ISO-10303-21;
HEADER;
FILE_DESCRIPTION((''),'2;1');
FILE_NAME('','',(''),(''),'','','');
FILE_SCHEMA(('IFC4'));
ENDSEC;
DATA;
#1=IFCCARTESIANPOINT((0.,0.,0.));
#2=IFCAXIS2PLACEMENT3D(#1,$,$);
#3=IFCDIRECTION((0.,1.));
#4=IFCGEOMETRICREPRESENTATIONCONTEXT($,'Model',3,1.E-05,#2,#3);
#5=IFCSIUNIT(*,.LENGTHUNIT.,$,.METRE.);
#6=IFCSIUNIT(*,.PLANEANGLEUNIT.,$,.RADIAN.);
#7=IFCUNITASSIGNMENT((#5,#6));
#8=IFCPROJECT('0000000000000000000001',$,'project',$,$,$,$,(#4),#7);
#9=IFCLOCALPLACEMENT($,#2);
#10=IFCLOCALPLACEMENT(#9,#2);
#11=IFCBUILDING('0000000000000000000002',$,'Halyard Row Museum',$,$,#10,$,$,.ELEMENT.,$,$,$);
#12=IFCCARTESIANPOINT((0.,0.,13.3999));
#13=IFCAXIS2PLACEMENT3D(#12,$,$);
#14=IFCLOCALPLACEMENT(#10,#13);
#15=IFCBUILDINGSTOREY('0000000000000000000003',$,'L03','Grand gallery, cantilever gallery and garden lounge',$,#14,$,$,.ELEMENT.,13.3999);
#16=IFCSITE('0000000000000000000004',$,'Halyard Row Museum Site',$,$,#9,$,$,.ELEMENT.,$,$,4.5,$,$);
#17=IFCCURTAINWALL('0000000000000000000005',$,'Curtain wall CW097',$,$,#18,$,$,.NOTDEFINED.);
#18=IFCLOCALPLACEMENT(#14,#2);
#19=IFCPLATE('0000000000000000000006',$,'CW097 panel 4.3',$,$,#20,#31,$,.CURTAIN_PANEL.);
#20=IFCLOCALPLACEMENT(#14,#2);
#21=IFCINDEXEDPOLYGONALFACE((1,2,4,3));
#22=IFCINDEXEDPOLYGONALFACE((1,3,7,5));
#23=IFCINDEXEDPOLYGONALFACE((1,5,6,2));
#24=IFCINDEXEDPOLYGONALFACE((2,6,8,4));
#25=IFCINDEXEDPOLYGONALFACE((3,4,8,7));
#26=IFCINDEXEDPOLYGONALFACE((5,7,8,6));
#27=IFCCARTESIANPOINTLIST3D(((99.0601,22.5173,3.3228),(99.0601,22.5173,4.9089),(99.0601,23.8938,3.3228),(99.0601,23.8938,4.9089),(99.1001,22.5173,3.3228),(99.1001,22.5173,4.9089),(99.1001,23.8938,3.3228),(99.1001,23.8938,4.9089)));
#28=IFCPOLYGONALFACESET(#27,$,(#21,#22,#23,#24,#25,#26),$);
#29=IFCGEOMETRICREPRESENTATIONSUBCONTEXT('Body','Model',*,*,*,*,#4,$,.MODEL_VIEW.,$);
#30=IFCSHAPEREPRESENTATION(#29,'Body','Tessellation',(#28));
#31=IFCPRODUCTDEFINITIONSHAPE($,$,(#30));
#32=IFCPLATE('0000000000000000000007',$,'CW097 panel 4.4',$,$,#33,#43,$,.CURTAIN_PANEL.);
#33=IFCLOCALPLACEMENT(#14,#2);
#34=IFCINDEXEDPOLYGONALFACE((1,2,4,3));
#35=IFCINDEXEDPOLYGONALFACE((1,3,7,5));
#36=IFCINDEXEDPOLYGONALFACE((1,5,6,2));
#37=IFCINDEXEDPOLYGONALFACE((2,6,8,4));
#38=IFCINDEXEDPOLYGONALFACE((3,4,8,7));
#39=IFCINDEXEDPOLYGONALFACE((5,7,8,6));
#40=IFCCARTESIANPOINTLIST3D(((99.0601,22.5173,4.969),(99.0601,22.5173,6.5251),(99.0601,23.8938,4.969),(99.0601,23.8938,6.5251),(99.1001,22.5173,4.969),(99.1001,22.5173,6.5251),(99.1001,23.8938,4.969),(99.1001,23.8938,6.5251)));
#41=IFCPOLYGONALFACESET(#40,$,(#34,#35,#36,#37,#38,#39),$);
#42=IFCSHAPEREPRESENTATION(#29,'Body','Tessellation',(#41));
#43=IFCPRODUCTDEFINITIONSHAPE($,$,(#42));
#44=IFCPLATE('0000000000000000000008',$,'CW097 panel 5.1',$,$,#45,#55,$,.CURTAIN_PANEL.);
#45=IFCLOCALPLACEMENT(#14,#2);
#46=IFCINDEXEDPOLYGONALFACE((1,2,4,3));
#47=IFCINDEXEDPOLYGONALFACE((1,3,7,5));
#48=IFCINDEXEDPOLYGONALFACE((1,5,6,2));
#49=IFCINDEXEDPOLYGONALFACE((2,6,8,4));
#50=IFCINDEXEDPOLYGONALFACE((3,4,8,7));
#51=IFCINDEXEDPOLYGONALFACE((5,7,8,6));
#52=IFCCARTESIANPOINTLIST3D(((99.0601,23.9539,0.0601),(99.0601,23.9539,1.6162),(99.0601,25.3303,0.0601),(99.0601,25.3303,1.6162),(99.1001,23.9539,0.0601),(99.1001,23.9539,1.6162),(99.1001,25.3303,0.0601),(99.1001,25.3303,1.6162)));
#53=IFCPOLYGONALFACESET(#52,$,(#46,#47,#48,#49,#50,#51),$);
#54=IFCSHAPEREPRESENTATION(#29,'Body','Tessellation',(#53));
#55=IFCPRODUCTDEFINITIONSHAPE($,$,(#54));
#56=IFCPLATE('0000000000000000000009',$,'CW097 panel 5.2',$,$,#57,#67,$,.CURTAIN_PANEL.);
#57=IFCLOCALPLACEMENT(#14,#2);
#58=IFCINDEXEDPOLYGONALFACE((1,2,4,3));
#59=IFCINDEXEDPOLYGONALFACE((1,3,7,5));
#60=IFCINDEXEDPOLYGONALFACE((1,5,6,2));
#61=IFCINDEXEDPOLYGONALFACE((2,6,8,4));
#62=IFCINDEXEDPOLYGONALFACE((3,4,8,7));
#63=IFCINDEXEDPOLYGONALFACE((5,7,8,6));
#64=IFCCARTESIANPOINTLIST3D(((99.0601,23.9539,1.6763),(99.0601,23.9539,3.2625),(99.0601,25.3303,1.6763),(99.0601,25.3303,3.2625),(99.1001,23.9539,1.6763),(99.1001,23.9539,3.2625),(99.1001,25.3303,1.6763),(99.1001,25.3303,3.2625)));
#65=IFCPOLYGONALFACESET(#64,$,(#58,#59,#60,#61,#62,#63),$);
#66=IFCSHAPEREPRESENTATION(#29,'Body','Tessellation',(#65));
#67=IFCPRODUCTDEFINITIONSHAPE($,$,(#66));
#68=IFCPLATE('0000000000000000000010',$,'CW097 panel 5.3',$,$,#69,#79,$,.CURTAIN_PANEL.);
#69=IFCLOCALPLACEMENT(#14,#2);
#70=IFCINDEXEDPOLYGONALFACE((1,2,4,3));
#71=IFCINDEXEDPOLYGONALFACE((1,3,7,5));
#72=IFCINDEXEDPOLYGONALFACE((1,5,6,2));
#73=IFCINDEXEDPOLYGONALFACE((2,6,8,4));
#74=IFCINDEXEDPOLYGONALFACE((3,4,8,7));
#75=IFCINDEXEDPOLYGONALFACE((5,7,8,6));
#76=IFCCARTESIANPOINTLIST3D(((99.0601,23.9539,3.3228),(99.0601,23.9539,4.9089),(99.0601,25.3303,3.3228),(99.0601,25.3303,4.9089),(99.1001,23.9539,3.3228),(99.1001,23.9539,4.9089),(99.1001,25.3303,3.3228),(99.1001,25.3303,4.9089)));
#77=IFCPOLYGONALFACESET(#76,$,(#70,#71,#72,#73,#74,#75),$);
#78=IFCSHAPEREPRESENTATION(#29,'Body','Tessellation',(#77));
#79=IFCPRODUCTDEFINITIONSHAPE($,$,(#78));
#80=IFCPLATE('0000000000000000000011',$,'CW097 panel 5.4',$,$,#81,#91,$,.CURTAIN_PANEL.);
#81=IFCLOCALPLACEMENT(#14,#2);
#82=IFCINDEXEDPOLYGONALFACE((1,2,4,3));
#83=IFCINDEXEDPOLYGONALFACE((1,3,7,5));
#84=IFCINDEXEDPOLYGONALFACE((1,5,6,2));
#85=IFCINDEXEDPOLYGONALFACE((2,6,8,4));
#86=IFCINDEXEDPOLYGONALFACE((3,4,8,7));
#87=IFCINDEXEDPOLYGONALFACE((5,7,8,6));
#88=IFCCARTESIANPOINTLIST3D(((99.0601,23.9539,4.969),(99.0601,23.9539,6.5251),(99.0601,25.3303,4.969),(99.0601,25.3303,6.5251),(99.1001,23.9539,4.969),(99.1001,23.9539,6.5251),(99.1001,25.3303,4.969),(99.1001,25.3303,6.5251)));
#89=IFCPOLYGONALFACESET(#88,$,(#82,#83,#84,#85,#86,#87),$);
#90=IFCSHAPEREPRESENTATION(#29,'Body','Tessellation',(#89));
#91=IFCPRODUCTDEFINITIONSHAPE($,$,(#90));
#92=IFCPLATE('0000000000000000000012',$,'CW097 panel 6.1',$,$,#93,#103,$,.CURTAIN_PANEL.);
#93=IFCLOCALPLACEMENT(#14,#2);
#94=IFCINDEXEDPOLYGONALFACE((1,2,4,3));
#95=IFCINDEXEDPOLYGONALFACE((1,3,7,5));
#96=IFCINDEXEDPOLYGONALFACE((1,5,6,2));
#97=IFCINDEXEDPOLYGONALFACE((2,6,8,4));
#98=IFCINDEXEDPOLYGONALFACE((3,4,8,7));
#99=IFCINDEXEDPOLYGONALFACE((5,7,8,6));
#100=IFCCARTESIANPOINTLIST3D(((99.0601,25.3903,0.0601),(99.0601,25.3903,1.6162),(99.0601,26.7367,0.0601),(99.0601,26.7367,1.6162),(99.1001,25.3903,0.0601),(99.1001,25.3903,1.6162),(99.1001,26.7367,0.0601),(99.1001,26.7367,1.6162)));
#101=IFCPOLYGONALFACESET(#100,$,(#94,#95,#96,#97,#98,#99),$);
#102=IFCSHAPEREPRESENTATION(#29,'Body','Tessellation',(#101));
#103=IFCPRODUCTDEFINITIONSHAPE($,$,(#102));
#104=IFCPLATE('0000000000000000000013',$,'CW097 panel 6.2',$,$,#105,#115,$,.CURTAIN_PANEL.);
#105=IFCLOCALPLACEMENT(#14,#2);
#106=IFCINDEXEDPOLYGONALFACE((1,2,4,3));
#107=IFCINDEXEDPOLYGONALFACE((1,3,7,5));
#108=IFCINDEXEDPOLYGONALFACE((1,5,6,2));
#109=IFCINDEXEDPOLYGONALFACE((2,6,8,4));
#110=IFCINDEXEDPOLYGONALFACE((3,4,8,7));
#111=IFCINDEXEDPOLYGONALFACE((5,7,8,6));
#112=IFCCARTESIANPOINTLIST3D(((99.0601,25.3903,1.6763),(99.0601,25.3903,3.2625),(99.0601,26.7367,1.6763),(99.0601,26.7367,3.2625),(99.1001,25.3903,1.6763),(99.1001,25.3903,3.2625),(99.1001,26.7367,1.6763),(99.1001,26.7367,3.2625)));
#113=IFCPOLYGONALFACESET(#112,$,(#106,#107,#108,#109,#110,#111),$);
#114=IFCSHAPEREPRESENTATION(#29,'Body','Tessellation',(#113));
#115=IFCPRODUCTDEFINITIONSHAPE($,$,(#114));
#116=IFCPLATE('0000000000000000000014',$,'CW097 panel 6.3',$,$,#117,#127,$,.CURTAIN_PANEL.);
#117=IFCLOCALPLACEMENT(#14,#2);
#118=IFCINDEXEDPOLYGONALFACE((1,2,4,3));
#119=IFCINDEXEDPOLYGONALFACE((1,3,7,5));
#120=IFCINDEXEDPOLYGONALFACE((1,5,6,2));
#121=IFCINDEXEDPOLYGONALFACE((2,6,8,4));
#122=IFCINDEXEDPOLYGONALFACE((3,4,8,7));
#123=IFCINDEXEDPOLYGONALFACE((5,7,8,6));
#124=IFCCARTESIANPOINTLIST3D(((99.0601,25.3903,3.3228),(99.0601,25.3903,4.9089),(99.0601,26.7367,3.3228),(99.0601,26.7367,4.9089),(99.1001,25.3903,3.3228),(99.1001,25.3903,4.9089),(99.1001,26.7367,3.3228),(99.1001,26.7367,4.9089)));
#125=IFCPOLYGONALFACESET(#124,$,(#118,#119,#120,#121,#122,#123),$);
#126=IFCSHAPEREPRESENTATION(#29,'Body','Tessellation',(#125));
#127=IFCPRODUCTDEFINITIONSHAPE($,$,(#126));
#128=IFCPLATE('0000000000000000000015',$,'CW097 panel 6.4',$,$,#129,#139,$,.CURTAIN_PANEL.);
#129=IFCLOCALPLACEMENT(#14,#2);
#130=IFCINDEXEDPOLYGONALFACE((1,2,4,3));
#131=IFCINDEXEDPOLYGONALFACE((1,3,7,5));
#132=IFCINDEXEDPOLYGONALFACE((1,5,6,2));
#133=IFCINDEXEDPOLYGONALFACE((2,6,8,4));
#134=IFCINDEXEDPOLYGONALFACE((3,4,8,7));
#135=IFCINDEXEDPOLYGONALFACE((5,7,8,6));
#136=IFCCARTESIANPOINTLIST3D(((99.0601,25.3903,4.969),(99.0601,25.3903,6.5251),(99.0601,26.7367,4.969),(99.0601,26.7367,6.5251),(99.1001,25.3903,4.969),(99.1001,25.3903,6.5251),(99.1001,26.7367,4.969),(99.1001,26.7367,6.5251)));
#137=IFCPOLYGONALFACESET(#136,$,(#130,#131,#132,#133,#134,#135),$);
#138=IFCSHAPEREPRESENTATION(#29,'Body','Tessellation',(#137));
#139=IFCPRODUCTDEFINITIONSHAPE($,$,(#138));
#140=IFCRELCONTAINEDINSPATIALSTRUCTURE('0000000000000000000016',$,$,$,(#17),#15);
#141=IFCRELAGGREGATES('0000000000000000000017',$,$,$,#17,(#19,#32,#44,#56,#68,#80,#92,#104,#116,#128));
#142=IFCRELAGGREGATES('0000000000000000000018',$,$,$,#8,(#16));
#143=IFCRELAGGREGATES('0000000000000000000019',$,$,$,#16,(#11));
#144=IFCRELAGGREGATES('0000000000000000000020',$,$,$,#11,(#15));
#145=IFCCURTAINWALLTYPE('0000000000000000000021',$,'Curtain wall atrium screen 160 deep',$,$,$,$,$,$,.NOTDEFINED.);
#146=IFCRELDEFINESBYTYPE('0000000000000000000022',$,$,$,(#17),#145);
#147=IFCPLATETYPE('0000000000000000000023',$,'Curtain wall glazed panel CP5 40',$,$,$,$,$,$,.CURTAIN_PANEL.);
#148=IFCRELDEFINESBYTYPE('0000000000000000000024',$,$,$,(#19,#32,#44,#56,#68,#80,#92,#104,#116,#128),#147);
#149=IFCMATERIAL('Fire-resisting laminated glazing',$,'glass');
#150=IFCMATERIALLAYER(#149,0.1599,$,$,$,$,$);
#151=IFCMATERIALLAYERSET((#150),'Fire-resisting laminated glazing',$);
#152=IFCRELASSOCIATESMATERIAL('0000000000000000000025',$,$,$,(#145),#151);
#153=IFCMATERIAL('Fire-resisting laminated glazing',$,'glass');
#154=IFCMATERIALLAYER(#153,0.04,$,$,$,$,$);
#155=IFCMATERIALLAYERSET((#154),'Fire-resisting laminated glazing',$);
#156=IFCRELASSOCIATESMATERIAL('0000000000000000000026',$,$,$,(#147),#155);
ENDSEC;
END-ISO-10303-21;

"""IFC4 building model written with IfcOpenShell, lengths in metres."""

from ifc_helpers import new_model, si_unit, direction, frame, origin, origin_2d, place, context, subcontext, project, spatial, rectangle, extrude, material, layer, layer_set, type_object, element, aggregate, save


model = new_model("IFC4")

# Units and contexts
model_context = context("Model", 3, precision=1e-05, world=origin(), true_north=direction((0.0, 1.0)))
body_context = subcontext(model_context, "Body", "Model", "MODEL_VIEW")
ifc_project = project(units=[si_unit("LENGTHUNIT", "METRE"), si_unit("PLANEANGLEUNIT", "RADIAN")], contexts=[model_context])

# Site, building, storey
site_placement = place(None, origin())
site = spatial("IfcSite", under=ifc_project, at=site_placement, Name="Halyard Row Museum Site", CompositionType="ELEMENT", RefElevation=4.5)
building_placement = place(site_placement, origin())
building = spatial("IfcBuilding", under=site, at=building_placement, Name="Halyard Row Museum", CompositionType="ELEMENT")
storey_placement = place(building_placement, frame((0.0, 0.0, 13.3999)))
storey = spatial("IfcBuildingStorey", under=building, at=storey_placement, Name="L03", Description="Grand gallery, cantilever gallery and garden lounge", CompositionType="ELEMENT", Elevation=13.3999)

# Curtain wall
ifc_material_1 = material(Name="Fire-resisting laminated glazing", Category="glass")
ifc_layer_1 = layer(ifc_material_1, 0.1599)
ifc_layer_set_1 = layer_set([ifc_layer_1], Name="Fire-resisting laminated glazing")
curtain_wall_type_1 = type_object("IfcCurtainWallType", Name="Curtain wall atrium screen 160 deep", PredefinedType="NOTDEFINED", material=ifc_layer_set_1)
curtain_wall_1_placement = place(storey_placement, origin())
curtain_wall_1 = element("IfcCurtainWall", 1, at=curtain_wall_1_placement, inside=storey, type_object=curtain_wall_type_1, Name="Curtain wall CW097", PredefinedType="NOTDEFINED")

# Plates
ifc_material_2 = material(Name="Fire-resisting laminated glazing", Category="glass")
ifc_layer_2 = layer(ifc_material_2, 0.04)
ifc_layer_set_2 = layer_set([ifc_layer_2], Name="Fire-resisting laminated glazing")
plate_type = type_object("IfcPlateType", Name="Curtain wall glazed panel CP5 40", PredefinedType="CURTAIN_PANEL", material=ifc_layer_set_2)
plate_1_placement = place(storey_placement, frame((99.0801, 23.2056, 3.3228), z_axis=(0.0, 0.0, 1.0), x_axis=(0.0, 1.0, 0.0)))
plate_1 = element("IfcPlate", 2, at=plate_1_placement, type_object=plate_type, Name="CW097 panel 4.3", PredefinedType="CURTAIN_PANEL", context=body_context, shape_type="SweptSolid", body=[
    extrude(rectangle(XDim=1.3765, YDim=0.04, at=origin_2d()), origin(), (0.0, 0.0, 1.0), 1.5862),
])
plate_2_placement = place(storey_placement, frame((99.0801, 23.2056, 4.969), z_axis=(0.0, 0.0, 1.0), x_axis=(0.0, 1.0, 0.0)))
plate_2 = element("IfcPlate", 3, at=plate_2_placement, type_object=plate_type, Name="CW097 panel 4.4", PredefinedType="CURTAIN_PANEL", context=body_context, shape_type="SweptSolid", body=[
    extrude(rectangle(XDim=1.3765, YDim=0.04, at=origin_2d()), origin(), (0.0, 0.0, 1.0), 1.5562),
])
plate_3_placement = place(storey_placement, frame((99.0801, 24.6421, 0.0601), z_axis=(0.0, 0.0, 1.0), x_axis=(0.0, 1.0, 0.0)))
plate_3 = element("IfcPlate", 4, at=plate_3_placement, type_object=plate_type, Name="CW097 panel 5.1", PredefinedType="CURTAIN_PANEL", context=body_context, shape_type="SweptSolid", body=[
    extrude(rectangle(XDim=1.3765, YDim=0.04, at=origin_2d()), origin(), (0.0, 0.0, 1.0), 1.5562),
])
plate_4_placement = place(storey_placement, frame((99.0801, 24.6421, 1.6763), z_axis=(0.0, 0.0, 1.0), x_axis=(0.0, 1.0, 0.0)))
plate_4 = element("IfcPlate", 5, at=plate_4_placement, type_object=plate_type, Name="CW097 panel 5.2", PredefinedType="CURTAIN_PANEL", context=body_context, shape_type="SweptSolid", body=[
    extrude(rectangle(XDim=1.3765, YDim=0.04, at=origin_2d()), origin(), (0.0, 0.0, 1.0), 1.5862),
])
plate_5_placement = place(storey_placement, frame((99.0801, 24.6421, 3.3228), z_axis=(0.0, 0.0, 1.0), x_axis=(0.0, 1.0, 0.0)))
plate_5 = element("IfcPlate", 6, at=plate_5_placement, type_object=plate_type, Name="CW097 panel 5.3", PredefinedType="CURTAIN_PANEL", context=body_context, shape_type="SweptSolid", body=[
    extrude(rectangle(XDim=1.3765, YDim=0.04, at=origin_2d()), origin(), (0.0, 0.0, 1.0), 1.5862),
])
plate_6_placement = place(storey_placement, frame((99.0801, 24.6421, 4.969), z_axis=(0.0, 0.0, 1.0), x_axis=(0.0, 1.0, 0.0)))
plate_6 = element("IfcPlate", 7, at=plate_6_placement, type_object=plate_type, Name="CW097 panel 5.4", PredefinedType="CURTAIN_PANEL", context=body_context, shape_type="SweptSolid", body=[
    extrude(rectangle(XDim=1.3765, YDim=0.04, at=origin_2d()), origin(), (0.0, 0.0, 1.0), 1.5562),
])
plate_7_placement = place(storey_placement, frame((99.0801, 26.0635, 0.0601), z_axis=(0.0, 0.0, 1.0), x_axis=(0.0, 1.0, 0.0)))
plate_7 = element("IfcPlate", 8, at=plate_7_placement, type_object=plate_type, Name="CW097 panel 6.1", PredefinedType="CURTAIN_PANEL", context=body_context, shape_type="SweptSolid", body=[
    extrude(rectangle(XDim=1.3464, YDim=0.04, at=origin_2d()), origin(), (0.0, 0.0, 1.0), 1.5562),
])
plate_8_placement = place(storey_placement, frame((99.0801, 26.0635, 1.6763), z_axis=(0.0, 0.0, 1.0), x_axis=(0.0, 1.0, 0.0)))
plate_8 = element("IfcPlate", 9, at=plate_8_placement, type_object=plate_type, Name="CW097 panel 6.2", PredefinedType="CURTAIN_PANEL", context=body_context, shape_type="SweptSolid", body=[
    extrude(rectangle(XDim=1.3464, YDim=0.04, at=origin_2d()), origin(), (0.0, 0.0, 1.0), 1.5862),
])
plate_9_placement = place(storey_placement, frame((99.0801, 26.0635, 3.3228), z_axis=(0.0, 0.0, 1.0), x_axis=(0.0, 1.0, 0.0)))
plate_9 = element("IfcPlate", 10, at=plate_9_placement, type_object=plate_type, Name="CW097 panel 6.3", PredefinedType="CURTAIN_PANEL", context=body_context, shape_type="SweptSolid", body=[
    extrude(rectangle(XDim=1.3464, YDim=0.04, at=origin_2d()), origin(), (0.0, 0.0, 1.0), 1.5862),
])
plate_10_placement = place(storey_placement, frame((99.0801, 26.0635, 4.969), z_axis=(0.0, 0.0, 1.0), x_axis=(0.0, 1.0, 0.0)))
plate_10 = element("IfcPlate", 11, at=plate_10_placement, type_object=plate_type, Name="CW097 panel 6.4", PredefinedType="CURTAIN_PANEL", context=body_context, shape_type="SweptSolid", body=[
    extrude(rectangle(XDim=1.3464, YDim=0.04, at=origin_2d()), origin(), (0.0, 0.0, 1.0), 1.5562),
])
aggregate(curtain_wall_1, [plate_1, plate_2, plate_3, plate_4, plate_5, plate_6, plate_7, plate_8, plate_9, plate_10])

save(model, "model.ifc")
